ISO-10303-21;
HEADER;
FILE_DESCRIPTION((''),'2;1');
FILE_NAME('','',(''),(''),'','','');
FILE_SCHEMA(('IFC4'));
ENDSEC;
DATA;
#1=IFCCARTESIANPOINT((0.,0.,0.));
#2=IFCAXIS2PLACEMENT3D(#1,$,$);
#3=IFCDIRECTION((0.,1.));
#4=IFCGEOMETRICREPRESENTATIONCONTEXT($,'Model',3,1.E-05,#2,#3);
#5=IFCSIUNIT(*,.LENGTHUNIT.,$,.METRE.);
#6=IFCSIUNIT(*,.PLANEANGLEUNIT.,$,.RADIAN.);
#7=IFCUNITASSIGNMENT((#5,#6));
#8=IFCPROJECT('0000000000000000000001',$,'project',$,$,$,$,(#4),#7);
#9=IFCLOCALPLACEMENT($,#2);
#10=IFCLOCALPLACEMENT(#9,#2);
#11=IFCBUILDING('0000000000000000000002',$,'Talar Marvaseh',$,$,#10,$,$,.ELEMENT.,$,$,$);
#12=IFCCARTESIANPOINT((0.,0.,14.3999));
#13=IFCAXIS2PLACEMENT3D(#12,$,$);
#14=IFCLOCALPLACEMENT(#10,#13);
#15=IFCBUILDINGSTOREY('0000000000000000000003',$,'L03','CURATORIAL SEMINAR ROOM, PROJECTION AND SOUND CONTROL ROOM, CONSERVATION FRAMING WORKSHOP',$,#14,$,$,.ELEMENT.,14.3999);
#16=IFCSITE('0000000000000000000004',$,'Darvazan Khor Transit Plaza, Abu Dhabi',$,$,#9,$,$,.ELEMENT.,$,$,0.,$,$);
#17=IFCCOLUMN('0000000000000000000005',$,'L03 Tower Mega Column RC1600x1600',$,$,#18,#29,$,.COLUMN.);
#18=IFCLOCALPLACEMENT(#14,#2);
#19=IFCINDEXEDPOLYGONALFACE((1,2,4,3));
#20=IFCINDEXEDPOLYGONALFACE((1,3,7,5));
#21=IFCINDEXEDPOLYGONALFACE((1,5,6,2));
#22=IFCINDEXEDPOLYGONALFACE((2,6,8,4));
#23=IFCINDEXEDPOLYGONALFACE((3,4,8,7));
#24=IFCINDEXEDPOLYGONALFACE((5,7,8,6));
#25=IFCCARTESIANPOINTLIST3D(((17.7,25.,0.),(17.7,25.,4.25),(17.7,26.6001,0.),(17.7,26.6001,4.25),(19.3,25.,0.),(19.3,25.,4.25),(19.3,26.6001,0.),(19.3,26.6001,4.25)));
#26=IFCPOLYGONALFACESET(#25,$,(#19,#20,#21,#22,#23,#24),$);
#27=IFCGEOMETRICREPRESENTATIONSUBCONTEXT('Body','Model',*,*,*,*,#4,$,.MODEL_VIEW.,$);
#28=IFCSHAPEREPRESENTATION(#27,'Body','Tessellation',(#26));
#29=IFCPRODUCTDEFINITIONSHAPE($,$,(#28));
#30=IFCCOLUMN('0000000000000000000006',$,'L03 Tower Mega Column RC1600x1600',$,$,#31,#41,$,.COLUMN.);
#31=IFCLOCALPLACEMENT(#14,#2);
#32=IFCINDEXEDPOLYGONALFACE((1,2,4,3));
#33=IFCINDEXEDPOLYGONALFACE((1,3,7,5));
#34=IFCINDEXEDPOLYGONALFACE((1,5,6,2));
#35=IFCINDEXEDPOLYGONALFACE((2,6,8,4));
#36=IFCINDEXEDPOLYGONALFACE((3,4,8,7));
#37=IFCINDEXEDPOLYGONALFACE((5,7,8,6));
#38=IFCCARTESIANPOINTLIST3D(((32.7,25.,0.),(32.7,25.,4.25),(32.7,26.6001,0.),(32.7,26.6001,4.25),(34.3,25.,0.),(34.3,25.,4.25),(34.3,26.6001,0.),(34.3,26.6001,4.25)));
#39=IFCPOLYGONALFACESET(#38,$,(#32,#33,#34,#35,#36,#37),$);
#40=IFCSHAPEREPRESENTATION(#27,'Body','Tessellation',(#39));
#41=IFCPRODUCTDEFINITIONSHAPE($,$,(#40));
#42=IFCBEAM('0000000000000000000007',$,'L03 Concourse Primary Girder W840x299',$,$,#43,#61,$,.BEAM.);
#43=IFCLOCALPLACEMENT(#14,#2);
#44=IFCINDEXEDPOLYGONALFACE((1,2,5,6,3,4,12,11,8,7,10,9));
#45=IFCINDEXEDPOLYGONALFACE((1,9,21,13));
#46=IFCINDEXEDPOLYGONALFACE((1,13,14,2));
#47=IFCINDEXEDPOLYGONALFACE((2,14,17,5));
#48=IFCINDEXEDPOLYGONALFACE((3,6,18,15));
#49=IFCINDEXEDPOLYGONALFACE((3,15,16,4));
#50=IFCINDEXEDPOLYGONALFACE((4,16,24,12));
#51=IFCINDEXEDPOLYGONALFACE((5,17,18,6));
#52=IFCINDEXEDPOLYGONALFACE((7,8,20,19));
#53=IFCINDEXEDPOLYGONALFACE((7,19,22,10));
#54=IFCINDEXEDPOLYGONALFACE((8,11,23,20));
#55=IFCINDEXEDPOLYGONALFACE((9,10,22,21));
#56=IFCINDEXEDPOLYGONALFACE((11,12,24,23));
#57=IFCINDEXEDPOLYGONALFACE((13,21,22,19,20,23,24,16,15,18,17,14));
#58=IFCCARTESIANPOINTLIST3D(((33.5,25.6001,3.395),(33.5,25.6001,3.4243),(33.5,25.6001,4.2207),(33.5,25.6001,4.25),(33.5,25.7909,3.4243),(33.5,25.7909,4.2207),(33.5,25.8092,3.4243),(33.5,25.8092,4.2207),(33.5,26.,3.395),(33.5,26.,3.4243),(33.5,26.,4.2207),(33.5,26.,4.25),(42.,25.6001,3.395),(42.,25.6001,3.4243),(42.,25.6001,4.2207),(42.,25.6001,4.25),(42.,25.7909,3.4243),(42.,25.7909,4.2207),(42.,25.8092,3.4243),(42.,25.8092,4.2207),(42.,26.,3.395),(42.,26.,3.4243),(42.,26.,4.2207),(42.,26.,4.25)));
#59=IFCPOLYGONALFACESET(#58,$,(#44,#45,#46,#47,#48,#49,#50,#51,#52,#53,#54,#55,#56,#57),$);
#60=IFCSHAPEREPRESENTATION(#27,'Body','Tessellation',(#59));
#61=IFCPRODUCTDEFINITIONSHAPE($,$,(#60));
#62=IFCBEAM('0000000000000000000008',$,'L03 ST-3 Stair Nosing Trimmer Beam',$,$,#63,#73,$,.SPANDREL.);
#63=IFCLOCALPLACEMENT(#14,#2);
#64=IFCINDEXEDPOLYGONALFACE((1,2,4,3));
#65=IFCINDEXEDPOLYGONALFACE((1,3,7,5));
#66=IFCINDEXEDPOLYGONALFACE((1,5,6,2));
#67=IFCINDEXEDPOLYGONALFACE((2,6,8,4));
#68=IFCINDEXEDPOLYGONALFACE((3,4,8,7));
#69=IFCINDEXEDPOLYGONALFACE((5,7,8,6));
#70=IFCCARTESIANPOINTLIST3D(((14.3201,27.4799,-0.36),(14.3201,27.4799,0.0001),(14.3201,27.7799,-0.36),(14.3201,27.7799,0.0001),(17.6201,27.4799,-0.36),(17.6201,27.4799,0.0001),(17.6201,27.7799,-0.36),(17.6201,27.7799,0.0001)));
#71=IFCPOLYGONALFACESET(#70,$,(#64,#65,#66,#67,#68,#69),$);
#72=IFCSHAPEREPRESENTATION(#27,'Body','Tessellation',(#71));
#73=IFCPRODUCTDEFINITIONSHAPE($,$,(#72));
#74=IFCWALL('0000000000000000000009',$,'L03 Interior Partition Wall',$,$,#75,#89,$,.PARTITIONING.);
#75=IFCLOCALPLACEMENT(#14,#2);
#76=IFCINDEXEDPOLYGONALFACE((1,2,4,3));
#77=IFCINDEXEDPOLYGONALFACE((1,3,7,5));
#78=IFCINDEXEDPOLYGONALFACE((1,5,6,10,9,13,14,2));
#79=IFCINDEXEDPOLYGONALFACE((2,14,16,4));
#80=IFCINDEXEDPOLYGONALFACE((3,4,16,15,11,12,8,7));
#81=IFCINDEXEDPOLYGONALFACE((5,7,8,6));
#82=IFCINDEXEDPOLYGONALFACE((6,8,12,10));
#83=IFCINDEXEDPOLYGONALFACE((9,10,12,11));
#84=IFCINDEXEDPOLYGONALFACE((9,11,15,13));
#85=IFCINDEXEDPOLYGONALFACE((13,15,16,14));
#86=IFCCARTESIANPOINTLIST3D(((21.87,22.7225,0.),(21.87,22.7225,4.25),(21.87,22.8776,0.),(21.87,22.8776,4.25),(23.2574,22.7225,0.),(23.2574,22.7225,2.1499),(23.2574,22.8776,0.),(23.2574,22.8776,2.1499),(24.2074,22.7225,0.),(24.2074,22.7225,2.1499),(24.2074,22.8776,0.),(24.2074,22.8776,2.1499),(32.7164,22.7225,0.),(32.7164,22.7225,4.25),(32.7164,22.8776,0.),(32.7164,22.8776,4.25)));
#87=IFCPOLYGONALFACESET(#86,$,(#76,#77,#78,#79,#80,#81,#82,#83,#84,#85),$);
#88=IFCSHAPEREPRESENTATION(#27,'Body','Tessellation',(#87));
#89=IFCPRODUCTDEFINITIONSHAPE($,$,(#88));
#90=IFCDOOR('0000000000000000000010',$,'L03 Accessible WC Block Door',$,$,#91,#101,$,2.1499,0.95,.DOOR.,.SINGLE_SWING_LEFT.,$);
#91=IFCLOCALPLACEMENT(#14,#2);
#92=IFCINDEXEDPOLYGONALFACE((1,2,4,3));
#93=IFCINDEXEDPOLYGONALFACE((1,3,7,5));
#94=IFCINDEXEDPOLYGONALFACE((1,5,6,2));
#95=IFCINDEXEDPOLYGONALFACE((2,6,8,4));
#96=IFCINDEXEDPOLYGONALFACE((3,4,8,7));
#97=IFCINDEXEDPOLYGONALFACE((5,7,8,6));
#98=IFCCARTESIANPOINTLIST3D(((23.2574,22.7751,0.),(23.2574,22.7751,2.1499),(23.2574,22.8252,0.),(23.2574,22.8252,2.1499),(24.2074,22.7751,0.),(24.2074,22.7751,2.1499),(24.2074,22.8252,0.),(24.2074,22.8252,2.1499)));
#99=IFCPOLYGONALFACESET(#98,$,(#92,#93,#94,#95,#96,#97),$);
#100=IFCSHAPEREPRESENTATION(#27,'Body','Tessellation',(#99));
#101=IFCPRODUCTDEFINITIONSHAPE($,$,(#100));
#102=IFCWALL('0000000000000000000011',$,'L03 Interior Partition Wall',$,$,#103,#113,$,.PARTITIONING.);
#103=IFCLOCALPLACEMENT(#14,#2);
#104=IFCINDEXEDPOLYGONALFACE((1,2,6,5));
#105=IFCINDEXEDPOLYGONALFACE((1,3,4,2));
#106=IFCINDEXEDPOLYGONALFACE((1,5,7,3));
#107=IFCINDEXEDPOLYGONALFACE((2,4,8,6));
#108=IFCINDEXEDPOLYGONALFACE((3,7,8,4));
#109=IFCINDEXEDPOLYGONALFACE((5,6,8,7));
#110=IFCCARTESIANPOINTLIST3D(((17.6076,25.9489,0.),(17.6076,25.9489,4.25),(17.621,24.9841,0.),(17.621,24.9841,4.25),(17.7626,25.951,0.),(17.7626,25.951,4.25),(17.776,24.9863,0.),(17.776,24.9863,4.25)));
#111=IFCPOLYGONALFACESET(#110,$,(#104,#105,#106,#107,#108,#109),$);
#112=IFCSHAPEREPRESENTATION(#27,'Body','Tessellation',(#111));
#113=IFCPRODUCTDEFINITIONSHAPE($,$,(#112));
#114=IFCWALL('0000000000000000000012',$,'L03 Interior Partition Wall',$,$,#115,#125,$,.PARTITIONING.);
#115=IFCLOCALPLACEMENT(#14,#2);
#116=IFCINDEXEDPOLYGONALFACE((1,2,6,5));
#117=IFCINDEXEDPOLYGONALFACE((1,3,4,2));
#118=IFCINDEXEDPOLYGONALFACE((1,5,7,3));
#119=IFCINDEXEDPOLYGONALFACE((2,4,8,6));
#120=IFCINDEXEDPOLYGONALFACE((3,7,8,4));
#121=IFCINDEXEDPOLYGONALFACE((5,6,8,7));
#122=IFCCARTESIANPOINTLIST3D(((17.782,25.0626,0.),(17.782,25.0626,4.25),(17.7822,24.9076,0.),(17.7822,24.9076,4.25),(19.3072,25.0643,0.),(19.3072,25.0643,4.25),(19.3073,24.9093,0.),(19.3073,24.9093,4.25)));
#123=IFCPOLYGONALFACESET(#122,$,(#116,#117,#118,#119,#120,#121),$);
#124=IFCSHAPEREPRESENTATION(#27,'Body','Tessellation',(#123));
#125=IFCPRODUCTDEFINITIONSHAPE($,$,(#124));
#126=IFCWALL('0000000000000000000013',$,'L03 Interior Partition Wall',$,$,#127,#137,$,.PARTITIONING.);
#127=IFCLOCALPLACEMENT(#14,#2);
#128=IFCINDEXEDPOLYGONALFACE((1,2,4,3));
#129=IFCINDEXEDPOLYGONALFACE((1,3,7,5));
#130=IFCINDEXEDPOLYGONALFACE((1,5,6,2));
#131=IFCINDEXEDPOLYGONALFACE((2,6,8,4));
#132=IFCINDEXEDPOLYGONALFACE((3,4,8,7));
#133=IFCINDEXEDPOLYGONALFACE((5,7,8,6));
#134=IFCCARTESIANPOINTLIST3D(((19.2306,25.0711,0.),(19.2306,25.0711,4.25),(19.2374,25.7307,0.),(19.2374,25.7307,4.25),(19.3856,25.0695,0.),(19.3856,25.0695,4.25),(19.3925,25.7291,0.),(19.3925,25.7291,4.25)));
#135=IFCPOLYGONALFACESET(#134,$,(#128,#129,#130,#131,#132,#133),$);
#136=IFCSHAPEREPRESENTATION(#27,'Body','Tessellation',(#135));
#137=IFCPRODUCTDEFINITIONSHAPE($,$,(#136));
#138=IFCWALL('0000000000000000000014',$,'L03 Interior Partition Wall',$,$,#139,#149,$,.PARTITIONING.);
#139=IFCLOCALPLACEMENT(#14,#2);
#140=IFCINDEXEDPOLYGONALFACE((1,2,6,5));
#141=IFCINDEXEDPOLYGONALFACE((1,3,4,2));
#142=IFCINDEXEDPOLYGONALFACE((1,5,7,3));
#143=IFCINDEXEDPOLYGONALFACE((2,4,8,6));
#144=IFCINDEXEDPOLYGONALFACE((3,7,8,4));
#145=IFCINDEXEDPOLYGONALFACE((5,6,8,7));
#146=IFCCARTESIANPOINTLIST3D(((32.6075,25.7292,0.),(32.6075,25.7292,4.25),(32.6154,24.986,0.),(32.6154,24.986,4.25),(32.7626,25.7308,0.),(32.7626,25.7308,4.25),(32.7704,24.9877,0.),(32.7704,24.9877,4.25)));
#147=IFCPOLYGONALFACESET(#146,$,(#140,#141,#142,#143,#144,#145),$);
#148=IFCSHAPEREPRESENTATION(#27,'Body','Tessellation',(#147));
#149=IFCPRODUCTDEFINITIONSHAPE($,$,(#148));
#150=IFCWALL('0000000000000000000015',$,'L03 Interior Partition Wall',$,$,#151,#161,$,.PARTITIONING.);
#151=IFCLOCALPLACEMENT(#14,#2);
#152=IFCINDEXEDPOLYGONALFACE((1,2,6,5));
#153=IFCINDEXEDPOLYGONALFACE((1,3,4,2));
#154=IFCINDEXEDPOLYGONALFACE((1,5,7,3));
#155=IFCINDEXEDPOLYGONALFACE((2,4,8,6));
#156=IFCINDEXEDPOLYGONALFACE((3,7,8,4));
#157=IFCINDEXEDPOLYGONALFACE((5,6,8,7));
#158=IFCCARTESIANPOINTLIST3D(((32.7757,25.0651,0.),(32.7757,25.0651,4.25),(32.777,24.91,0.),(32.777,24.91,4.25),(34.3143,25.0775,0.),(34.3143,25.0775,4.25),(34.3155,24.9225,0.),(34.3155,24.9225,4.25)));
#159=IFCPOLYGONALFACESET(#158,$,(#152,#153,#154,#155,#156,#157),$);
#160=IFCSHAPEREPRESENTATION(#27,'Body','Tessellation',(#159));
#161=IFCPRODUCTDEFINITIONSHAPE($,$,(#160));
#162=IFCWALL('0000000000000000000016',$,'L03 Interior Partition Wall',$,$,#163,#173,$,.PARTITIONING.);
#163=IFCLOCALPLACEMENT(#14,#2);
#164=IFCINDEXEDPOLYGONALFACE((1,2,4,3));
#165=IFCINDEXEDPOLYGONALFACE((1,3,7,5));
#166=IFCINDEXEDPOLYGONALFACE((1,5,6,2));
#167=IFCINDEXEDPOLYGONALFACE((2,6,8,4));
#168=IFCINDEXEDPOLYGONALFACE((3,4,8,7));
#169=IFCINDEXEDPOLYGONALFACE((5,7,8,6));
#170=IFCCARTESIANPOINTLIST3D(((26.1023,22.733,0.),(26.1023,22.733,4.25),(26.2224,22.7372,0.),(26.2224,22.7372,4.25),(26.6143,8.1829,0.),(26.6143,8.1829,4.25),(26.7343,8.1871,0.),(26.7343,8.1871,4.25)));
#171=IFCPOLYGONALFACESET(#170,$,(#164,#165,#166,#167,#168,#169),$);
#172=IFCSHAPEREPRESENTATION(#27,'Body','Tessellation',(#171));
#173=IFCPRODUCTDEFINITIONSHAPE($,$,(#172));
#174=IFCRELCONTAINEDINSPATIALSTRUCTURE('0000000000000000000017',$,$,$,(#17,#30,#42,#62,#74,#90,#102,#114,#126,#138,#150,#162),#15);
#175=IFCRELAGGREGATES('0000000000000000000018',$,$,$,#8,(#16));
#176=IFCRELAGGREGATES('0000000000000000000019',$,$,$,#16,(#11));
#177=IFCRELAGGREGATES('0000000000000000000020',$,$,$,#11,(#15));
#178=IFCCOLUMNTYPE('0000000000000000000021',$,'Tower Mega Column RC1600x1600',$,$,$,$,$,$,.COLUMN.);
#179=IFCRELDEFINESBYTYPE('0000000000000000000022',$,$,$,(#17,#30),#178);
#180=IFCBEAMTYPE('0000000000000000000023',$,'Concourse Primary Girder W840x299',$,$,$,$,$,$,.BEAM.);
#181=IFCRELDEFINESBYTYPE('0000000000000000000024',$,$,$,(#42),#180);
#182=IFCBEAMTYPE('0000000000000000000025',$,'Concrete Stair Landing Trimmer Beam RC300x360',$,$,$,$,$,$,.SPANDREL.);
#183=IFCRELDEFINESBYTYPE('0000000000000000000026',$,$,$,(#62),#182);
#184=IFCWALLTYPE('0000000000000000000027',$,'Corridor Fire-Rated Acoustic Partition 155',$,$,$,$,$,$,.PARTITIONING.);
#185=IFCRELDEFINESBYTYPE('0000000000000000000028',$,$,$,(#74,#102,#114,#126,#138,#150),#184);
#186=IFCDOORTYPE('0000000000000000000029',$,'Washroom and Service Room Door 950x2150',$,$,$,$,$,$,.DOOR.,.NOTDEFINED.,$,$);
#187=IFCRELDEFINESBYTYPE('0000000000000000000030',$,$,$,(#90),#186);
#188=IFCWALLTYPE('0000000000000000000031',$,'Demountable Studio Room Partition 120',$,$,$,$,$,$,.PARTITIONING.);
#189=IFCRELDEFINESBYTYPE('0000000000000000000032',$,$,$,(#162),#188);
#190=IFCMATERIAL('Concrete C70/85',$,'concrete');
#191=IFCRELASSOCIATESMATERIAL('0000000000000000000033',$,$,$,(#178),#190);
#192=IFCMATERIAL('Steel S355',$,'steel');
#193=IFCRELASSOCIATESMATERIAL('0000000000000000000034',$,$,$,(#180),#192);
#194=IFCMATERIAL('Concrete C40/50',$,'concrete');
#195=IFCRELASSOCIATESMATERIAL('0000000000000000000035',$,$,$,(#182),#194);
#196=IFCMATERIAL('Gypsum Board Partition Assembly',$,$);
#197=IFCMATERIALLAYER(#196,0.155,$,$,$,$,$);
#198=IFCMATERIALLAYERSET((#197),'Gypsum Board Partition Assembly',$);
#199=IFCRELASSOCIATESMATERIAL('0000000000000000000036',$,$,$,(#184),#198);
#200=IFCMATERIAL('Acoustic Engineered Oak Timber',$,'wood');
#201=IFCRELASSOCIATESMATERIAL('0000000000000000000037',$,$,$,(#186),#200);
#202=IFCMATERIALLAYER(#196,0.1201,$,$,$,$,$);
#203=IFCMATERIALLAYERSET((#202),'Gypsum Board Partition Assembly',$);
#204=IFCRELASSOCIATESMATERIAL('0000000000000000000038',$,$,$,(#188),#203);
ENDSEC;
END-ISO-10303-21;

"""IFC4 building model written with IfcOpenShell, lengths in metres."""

from ifc_helpers import new_model, si_unit, direction, frame, frame_2d, origin, origin_2d, place, context, subcontext, project, spatial, rectangle, i_section, extrude, source, transform, mapped, material, layer, layer_set, material_profile, profile_set, type_object, type_shapes, element, fill, save


model = new_model("IFC4")

# Units and contexts
model_context = context("Model", 3, precision=1e-05, world=origin(), true_north=direction((0.0, 1.0)))
body_context = subcontext(model_context, "Body", "Model", "MODEL_VIEW")
ifc_project = project(units=[si_unit("LENGTHUNIT", "METRE"), si_unit("PLANEANGLEUNIT", "RADIAN")], contexts=[model_context])

# Site, building, storey
site_placement = place(None, origin())
site = spatial("IfcSite", under=ifc_project, at=site_placement, Name="Darvazan Khor Transit Plaza, Abu Dhabi", CompositionType="ELEMENT", RefElevation=0.0)
building_placement = place(site_placement, origin())
building = spatial("IfcBuilding", under=site, at=building_placement, Name="Talar Marvaseh", CompositionType="ELEMENT")
storey_placement = place(building_placement, frame((0.0, 0.0, 14.3999)))
storey = spatial("IfcBuildingStorey", under=building, at=storey_placement, Name="L03", Description="CURATORIAL SEMINAR ROOM, PROJECTION AND SOUND CONTROL ROOM, CONSERVATION FRAMING WORKSHOP", CompositionType="ELEMENT", Elevation=14.3999)

# Columns
ifc_material_1 = material(Name="Concrete C70/85", Category="concrete")
ifc_material_profile_1 = material_profile(ifc_material_1, rectangle(XDim=1.6001, YDim=1.6001, at=origin_2d()), Name="RC1600x1600")
ifc_profile_set_1 = profile_set([ifc_material_profile_1], Name="Concrete C70/85")
column_type = type_object("IfcColumnType", Name="Tower Mega Column RC1600x1600", PredefinedType="COLUMN", material=ifc_profile_set_1)
for number, where, z_axis, x_axis, name in (
    (1, (18.5, 25.8, 0.0), (0.0, 0.0, 1.0), (1.0, 0.0, 0.0), "L03 Tower Mega Column RC1600x1600"),
    (2, (33.5, 25.8, 0.0), (0.0, 0.0, 1.0), (1.0, 0.0, 0.0), "L03 Tower Mega Column RC1600x1600"),
):
    element("IfcColumn", number, at=place(storey_placement, frame(where, z_axis=z_axis, x_axis=x_axis)), inside=storey, type_object=column_type, Name=name, PredefinedType="COLUMN", context=body_context, shape_type="SweptSolid", body=[
        extrude(rectangle(XDim=1.6001, YDim=1.6001, at=origin_2d()), origin(), (0.0, 0.0, 1.0), 4.25),
    ])

# Beams
ifc_material_2 = material(Name="Steel S355", Category="steel")
ifc_material_profile_2 = material_profile(ifc_material_2, i_section(OverallWidth=0.3999, OverallDepth=0.855, WebThickness=0.0183, FlangeThickness=0.0293, at=origin_2d()), Name="W840x299")
ifc_profile_set_2 = profile_set([ifc_material_profile_2], Name="Steel S355")
beam_type_1 = type_object("IfcBeamType", Name="Concourse Primary Girder W840x299", PredefinedType="BEAM", material=ifc_profile_set_2)
beam_1_placement = place(storey_placement, frame((33.5, 25.8, 3.8225), z_axis=(1.0, 0.0, 0.0), x_axis=(0.0, 1.0, 0.0)))
element("IfcBeam", 3, at=beam_1_placement, inside=storey, type_object=beam_type_1, Name="L03 Concourse Primary Girder W840x299", PredefinedType="BEAM", context=body_context, shape_type="SweptSolid", body=[
    extrude(i_section(OverallWidth=0.3999, OverallDepth=0.855, WebThickness=0.0183, FlangeThickness=0.0293, at=origin_2d()), origin(), (0.0, 0.0, 1.0), 8.5),
])
ifc_material_3 = material(Name="Concrete C40/50", Category="concrete")
ifc_material_profile_3 = material_profile(ifc_material_3, rectangle(XDim=0.3, YDim=0.3601, at=origin_2d()), Name="RC300x360")
ifc_profile_set_3 = profile_set([ifc_material_profile_3], Name="Concrete C40/50")
beam_type_2 = type_object("IfcBeamType", Name="Concrete Stair Landing Trimmer Beam RC300x360", PredefinedType="SPANDREL", material=ifc_profile_set_3)
beam_2_placement = place(storey_placement, frame((17.6201, 27.6299, -0.1799), z_axis=(-1.0, 0.0, 0.0), x_axis=(0.0, -1.0, 0.0)))
element("IfcBeam", 4, at=beam_2_placement, inside=storey, type_object=beam_type_2, Name="L03 ST-3 Stair Nosing Trimmer Beam", PredefinedType="SPANDREL", context=body_context, shape_type="SweptSolid", body=[
    extrude(rectangle(XDim=0.3, YDim=0.3601, at=origin_2d()), origin(), (0.0, 0.0, 1.0), 3.3),
])

# Wall, opening, door
ifc_material_4 = material(Name="Gypsum Board Partition Assembly")
ifc_layer_1 = layer(ifc_material_4, 0.155)
ifc_layer_set_1 = layer_set([ifc_layer_1], Name="Gypsum Board Partition Assembly")
wall_type_1 = type_object("IfcWallType", Name="Corridor Fire-Rated Acoustic Partition 155", PredefinedType="PARTITIONING", material=ifc_layer_set_1)
wall_1_placement = place(storey_placement, frame((32.7166, 22.8, 0.0), z_axis=(0.0, 0.0, 1.0), x_axis=(-1.0, 0.0, 0.0)))
wall_1 = element("IfcWall", 5, at=wall_1_placement, inside=storey, type_object=wall_type_1, Name="L03 Interior Partition Wall", PredefinedType="PARTITIONING", context=body_context, shape_type="SweptSolid", body=[
    extrude(rectangle(XDim=10.8464, YDim=0.155, at=frame_2d((5.4233, 0.0))), origin(), (0.0, 0.0, 1.0), 4.25),
])
opening_1_placement = place(wall_1_placement, frame((8.509, 0.0, 0.0)))
opening_1 = element("IfcOpeningElement", 6, at=opening_1_placement, cuts=wall_1, PredefinedType="OPENING", context=body_context, shape_type="SweptSolid", body=[
    extrude(rectangle(XDim=0.95, YDim=2.1499, at=frame_2d((0.4751, 1.075))), frame((0.0, 0.0874, 0.0), z_axis=(0.0, -1.0, 0.0), x_axis=(1.0, 0.0, 0.0)), (0.0, 0.0, 1.0), 0.175),
])
ifc_material_5 = material(Name="Acoustic Engineered Oak Timber", Category="wood")
door_type_1 = type_object("IfcDoorType", Name="Washroom and Service Room Door 950x2150", OperationType="NOTDEFINED", PredefinedType="DOOR", material=ifc_material_5)
shared_shape_1 = source(origin(), body_context, "Body", "SweptSolid", [
    extrude(rectangle(XDim=0.95, YDim=2.1499, at=frame_2d((0.4751, 1.075))), frame((0.0, 0.0249, 0.0), z_axis=(0.0, -1.0, 0.0), x_axis=(1.0, 0.0, 0.0)), (0.0, 0.0, 1.0), 0.05),
])
type_shapes(door_type_1, [shared_shape_1])
door_1_placement = place(opening_1_placement, origin())
door_1 = element("IfcDoor", 7, at=door_1_placement, inside=storey, type_object=door_type_1, Name="L03 Accessible WC Block Door", OperationType="SINGLE_SWING_LEFT", OverallHeight=2.1499, OverallWidth=0.95, PredefinedType="DOOR", context=body_context, shape_type="MappedRepresentation", body=[
    mapped(shared_shape_1, transform((0.0, 0.0, 0.0), x_axis=(1.0, 0.0, 0.0), y_axis=(0.0, 1.0, 0.0), z_axis=(0.0, 0.0, 1.0), scale=1.0)),
])
fill(opening_1, door_1)

# Walls
wall_2_placement = place(storey_placement, frame((17.6851, 25.95, 0.0), z_axis=(0.0, 0.0, 1.0), x_axis=(0.013916, -0.999903, 0.0)))
element("IfcWall", 8, at=wall_2_placement, inside=storey, type_object=wall_type_1, Name="L03 Interior Partition Wall", PredefinedType="PARTITIONING", context=body_context, shape_type="SweptSolid", body=[
    extrude(rectangle(XDim=0.9648, YDim=0.155, at=frame_2d((0.4824, 0.0))), origin(), (0.0, 0.0, 1.0), 4.25),
])
wall_3_placement = place(storey_placement, frame((17.782, 24.9851, 0.0), z_axis=(0.0, 0.0, 1.0), x_axis=(0.999999, 0.001121, 0.0)))
element("IfcWall", 9, at=wall_3_placement, inside=storey, type_object=wall_type_1, Name="L03 Interior Partition Wall", PredefinedType="PARTITIONING", context=body_context, shape_type="SweptSolid", body=[
    extrude(rectangle(XDim=1.5251, YDim=0.155, at=frame_2d((0.7627, 0.0))), origin(), (0.0, 0.0, 1.0), 4.25),
])
wall_4_placement = place(storey_placement, frame((19.3081, 25.0703, 0.0), z_axis=(0.0, 0.0, 1.0), x_axis=(0.010362, 0.999946, 0.0)))
element("IfcWall", 10, at=wall_4_placement, inside=storey, type_object=wall_type_1, Name="L03 Interior Partition Wall", PredefinedType="PARTITIONING", context=body_context, shape_type="SweptSolid", body=[
    extrude(rectangle(XDim=0.6597, YDim=0.155, at=frame_2d((0.3298, 0.0))), origin(), (0.0, 0.0, 1.0), 4.25),
])
wall_5_placement = place(storey_placement, frame((32.6851, 25.73, 0.0), z_axis=(0.0, 0.0, 1.0), x_axis=(0.010512, -0.999945, 0.0)))
element("IfcWall", 11, at=wall_5_placement, inside=storey, type_object=wall_type_1, Name="L03 Interior Partition Wall", PredefinedType="PARTITIONING", context=body_context, shape_type="SweptSolid", body=[
    extrude(rectangle(XDim=0.7432, YDim=0.155, at=frame_2d((0.3716, 0.0))), origin(), (0.0, 0.0, 1.0), 4.25),
])
wall_6_placement = place(storey_placement, frame((32.7764, 24.9875, 0.0), z_axis=(0.0, 0.0, 1.0), x_axis=(0.999967, 0.008092, 0.0)))
element("IfcWall", 12, at=wall_6_placement, inside=storey, type_object=wall_type_1, Name="L03 Interior Partition Wall", PredefinedType="PARTITIONING", context=body_context, shape_type="SweptSolid", body=[
    extrude(rectangle(XDim=1.5386, YDim=0.155, at=frame_2d((0.7693, 0.0))), origin(), (0.0, 0.0, 1.0), 4.25),
])
ifc_layer_2 = layer(ifc_material_4, 0.1201)
ifc_layer_set_2 = layer_set([ifc_layer_2], Name="Gypsum Board Partition Assembly")
wall_type_2 = type_object("IfcWallType", Name="Demountable Studio Room Partition 120", PredefinedType="PARTITIONING", material=ifc_layer_set_2)
wall_7_placement = place(storey_placement, frame((26.1624, 22.7351, 0.0), z_axis=(0.0, 0.0, 1.0), x_axis=(0.035165, -0.999382, 0.0)))
element("IfcWall", 13, at=wall_7_placement, inside=storey, type_object=wall_type_2, Name="L03 Interior Partition Wall", PredefinedType="PARTITIONING", context=body_context, shape_type="SweptSolid", body=[
    extrude(rectangle(XDim=14.5591, YDim=0.1201, at=frame_2d((7.2795, 0.0))), origin(), (0.0, 0.0, 1.0), 4.25),
])

save(model, "model.ifc")
